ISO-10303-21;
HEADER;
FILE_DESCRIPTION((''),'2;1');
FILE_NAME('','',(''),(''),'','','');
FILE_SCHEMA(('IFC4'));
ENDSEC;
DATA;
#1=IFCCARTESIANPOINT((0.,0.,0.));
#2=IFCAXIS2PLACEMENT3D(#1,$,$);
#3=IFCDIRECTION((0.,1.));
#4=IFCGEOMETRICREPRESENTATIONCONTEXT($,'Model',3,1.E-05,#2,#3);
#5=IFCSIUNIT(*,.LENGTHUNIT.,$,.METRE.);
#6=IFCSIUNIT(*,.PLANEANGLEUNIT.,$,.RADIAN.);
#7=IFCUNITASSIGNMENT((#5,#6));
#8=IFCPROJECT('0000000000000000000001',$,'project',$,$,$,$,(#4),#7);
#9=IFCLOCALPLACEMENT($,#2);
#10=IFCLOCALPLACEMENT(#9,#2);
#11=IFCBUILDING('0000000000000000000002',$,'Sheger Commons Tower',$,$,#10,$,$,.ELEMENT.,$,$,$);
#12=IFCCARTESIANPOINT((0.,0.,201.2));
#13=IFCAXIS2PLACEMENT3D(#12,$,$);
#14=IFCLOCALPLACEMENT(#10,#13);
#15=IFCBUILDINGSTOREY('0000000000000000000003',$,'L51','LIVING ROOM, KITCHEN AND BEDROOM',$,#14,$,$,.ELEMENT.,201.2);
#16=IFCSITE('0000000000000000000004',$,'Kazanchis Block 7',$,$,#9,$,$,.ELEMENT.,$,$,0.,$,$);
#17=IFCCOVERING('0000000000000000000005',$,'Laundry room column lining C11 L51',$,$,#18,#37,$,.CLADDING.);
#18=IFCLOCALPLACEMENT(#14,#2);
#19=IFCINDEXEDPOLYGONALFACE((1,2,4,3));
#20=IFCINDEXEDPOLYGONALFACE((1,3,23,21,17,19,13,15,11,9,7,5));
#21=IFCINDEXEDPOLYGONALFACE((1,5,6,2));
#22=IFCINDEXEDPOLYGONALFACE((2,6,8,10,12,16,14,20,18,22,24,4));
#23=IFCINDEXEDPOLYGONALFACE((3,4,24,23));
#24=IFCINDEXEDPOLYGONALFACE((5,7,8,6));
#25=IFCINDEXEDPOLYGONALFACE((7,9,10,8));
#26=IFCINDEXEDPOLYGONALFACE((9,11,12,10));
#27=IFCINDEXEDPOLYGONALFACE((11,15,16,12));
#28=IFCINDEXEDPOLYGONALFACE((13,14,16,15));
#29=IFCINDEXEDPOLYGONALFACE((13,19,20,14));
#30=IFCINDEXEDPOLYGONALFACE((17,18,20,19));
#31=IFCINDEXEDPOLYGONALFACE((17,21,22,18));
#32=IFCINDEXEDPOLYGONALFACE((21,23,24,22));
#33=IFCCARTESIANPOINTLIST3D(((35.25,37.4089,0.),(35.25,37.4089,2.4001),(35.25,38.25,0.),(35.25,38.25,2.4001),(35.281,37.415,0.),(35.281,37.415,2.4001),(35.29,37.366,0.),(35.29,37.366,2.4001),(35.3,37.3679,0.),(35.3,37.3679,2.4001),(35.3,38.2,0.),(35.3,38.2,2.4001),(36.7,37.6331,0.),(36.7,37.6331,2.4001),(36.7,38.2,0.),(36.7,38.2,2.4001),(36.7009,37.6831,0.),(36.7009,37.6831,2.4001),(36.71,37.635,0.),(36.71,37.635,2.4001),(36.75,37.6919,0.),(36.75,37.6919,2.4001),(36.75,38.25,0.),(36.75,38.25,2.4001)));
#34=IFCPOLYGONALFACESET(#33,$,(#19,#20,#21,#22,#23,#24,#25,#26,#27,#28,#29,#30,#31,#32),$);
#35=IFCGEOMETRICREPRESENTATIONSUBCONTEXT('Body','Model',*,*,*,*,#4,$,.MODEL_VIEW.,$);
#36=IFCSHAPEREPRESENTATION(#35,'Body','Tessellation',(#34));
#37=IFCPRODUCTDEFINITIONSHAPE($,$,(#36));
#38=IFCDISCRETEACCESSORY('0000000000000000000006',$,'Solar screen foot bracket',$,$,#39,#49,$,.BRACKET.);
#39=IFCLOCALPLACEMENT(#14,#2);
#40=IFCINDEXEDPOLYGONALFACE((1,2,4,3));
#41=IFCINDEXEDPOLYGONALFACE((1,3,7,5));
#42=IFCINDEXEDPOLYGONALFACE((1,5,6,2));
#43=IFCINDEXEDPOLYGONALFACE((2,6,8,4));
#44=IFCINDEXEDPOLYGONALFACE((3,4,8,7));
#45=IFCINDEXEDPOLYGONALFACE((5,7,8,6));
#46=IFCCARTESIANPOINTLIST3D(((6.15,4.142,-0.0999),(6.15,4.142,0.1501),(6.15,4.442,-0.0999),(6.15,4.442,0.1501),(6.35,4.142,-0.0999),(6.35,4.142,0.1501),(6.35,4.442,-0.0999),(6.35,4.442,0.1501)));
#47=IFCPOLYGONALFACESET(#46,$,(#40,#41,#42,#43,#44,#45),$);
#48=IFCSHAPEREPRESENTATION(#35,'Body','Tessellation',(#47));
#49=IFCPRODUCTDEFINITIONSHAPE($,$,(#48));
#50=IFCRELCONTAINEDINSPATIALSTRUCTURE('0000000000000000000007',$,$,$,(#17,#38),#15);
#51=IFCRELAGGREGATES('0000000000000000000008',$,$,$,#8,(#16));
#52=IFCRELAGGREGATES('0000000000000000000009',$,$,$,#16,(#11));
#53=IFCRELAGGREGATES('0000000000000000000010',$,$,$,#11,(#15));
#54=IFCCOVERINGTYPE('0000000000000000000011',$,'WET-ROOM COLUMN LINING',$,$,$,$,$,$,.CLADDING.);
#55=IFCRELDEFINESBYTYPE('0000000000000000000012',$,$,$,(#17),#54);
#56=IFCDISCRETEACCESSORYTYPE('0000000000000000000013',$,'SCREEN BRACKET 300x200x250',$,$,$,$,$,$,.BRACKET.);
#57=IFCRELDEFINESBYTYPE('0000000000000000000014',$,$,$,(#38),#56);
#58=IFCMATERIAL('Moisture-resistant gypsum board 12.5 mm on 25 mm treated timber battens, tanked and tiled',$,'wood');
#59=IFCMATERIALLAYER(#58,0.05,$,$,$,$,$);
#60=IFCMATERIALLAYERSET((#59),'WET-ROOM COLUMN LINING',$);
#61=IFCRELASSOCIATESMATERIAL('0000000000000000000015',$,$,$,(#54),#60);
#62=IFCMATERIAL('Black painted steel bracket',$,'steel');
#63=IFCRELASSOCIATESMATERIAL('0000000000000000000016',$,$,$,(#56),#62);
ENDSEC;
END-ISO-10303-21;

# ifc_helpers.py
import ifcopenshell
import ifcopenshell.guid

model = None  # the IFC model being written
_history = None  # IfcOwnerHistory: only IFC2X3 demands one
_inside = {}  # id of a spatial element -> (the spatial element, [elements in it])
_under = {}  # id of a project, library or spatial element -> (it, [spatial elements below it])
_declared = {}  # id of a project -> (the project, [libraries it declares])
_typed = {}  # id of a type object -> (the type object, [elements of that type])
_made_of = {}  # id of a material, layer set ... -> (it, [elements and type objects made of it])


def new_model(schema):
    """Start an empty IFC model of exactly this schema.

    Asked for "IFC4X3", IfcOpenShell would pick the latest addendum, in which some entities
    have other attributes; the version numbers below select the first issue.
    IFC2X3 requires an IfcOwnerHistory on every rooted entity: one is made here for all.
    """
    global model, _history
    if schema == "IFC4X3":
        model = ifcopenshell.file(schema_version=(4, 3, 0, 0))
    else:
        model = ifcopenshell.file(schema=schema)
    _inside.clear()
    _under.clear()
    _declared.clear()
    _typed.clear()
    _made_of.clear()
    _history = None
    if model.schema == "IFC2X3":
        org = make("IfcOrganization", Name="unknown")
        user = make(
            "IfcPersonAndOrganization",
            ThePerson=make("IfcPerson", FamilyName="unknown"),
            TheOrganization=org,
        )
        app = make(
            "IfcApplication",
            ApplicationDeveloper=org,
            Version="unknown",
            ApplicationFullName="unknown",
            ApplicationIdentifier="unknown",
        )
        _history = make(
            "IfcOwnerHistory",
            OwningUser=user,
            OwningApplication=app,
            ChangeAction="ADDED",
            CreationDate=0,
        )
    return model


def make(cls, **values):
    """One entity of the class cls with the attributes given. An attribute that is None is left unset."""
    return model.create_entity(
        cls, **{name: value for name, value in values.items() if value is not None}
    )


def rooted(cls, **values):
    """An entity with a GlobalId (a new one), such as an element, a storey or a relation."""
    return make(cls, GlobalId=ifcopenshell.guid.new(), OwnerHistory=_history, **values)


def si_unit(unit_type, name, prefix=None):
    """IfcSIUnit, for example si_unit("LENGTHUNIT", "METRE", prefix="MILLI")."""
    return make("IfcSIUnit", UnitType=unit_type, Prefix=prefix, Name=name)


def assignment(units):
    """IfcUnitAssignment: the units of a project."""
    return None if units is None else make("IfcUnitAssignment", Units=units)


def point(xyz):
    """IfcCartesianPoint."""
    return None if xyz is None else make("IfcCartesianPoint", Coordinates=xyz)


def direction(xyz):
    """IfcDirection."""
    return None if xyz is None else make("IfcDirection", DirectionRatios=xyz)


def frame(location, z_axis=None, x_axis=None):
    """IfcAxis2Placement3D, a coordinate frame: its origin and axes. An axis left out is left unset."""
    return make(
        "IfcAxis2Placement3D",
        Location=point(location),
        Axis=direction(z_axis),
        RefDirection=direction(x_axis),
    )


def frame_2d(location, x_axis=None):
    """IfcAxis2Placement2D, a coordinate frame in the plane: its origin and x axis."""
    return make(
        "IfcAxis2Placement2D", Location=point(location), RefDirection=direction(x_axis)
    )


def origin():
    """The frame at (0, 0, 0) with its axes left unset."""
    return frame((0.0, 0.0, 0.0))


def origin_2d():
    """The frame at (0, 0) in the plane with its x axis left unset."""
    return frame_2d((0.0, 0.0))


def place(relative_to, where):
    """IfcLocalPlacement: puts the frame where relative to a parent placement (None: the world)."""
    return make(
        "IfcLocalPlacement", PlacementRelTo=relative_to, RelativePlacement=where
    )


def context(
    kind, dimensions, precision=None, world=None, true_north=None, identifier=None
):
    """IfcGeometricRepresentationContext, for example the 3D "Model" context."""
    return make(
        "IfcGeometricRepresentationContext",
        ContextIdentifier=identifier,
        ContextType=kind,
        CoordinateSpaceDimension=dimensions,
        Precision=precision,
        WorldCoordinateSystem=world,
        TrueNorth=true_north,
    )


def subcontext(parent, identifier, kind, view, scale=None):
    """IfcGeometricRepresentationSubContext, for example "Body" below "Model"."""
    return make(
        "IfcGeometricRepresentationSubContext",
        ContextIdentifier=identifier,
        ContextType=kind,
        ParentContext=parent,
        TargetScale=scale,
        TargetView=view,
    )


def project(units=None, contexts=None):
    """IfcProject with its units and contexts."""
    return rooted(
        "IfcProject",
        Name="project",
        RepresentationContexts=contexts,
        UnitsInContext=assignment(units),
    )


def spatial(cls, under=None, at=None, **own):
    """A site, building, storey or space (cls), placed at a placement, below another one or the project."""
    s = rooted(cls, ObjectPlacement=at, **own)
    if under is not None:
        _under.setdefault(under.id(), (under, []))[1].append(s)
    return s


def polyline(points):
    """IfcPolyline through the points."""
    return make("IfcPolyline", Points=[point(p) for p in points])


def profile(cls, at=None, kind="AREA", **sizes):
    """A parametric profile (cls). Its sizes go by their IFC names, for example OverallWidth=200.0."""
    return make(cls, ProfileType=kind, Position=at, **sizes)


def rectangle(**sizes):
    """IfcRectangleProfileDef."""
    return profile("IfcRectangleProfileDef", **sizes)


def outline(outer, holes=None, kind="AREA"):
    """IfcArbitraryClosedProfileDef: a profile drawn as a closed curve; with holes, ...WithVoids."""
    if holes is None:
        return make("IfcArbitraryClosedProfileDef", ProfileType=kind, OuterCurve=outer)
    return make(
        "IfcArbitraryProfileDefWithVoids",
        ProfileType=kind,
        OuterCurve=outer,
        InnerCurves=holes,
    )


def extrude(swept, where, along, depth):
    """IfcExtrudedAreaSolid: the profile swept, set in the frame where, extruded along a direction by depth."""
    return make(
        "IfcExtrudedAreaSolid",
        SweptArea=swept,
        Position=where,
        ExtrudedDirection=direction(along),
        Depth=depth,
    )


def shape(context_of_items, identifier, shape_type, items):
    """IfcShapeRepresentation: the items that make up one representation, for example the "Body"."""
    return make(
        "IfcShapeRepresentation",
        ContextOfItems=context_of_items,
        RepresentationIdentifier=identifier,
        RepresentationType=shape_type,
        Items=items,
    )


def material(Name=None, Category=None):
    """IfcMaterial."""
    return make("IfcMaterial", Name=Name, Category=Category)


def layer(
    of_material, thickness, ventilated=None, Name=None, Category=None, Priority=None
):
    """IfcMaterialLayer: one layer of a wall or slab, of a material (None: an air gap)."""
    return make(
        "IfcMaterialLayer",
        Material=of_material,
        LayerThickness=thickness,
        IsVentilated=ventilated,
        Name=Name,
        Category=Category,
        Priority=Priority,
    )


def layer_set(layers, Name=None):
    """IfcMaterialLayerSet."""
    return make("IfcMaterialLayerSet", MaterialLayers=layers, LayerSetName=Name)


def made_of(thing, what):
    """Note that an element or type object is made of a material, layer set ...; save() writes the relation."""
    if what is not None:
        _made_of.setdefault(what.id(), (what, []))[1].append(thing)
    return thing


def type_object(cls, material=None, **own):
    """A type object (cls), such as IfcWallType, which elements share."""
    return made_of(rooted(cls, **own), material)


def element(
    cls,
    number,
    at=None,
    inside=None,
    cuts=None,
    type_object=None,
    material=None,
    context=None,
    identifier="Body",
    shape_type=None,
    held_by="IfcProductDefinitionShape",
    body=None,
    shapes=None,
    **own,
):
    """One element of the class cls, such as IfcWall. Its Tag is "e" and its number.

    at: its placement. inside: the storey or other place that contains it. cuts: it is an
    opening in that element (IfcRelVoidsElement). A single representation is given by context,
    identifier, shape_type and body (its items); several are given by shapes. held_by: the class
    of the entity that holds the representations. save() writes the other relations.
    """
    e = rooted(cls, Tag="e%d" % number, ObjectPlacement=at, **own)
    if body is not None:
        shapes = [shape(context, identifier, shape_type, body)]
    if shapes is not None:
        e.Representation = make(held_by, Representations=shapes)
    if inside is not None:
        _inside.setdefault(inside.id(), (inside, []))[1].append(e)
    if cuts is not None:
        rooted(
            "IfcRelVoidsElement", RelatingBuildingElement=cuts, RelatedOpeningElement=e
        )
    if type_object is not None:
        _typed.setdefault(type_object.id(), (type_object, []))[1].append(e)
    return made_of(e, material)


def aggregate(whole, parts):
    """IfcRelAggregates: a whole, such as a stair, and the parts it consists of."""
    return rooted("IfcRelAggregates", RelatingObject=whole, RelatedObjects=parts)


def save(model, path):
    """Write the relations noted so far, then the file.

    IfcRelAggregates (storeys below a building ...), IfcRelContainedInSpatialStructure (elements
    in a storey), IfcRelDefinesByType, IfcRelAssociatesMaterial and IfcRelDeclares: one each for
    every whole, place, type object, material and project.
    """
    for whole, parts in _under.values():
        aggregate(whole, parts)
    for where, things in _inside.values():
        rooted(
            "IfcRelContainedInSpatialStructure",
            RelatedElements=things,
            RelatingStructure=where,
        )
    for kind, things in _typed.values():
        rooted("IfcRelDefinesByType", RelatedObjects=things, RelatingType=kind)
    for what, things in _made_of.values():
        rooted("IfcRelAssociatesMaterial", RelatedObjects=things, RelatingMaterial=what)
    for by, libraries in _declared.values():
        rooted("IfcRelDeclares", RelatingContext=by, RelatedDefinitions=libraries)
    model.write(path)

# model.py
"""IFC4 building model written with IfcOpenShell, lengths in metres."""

from ifc_helpers import new_model, si_unit, direction, frame, origin, origin_2d, place, context, subcontext, project, spatial, polyline, rectangle, outline, extrude, material, layer, layer_set, type_object, element, save


model = new_model("IFC4")

# Units and contexts
model_context = context("Model", 3, precision=1e-05, world=origin(), true_north=direction((0.0, 1.0)))
body_context = subcontext(model_context, "Body", "Model", "MODEL_VIEW")
ifc_project = project(units=[si_unit("LENGTHUNIT", "METRE"), si_unit("PLANEANGLEUNIT", "RADIAN")], contexts=[model_context])

# Site, building, storey
site_placement = place(None, origin())
site = spatial("IfcSite", under=ifc_project, at=site_placement, Name="Kazanchis Block 7", CompositionType="ELEMENT", RefElevation=0.0)
building_placement = place(site_placement, origin())
building = spatial("IfcBuilding", under=site, at=building_placement, Name="Sheger Commons Tower", CompositionType="ELEMENT")
storey_placement = place(building_placement, frame((0.0, 0.0, 201.2)))
storey = spatial("IfcBuildingStorey", under=building, at=storey_placement, Name="L51", Description="LIVING ROOM, KITCHEN AND BEDROOM", CompositionType="ELEMENT", Elevation=201.2)

# Covering
ifc_material_1 = material(Name="Moisture-resistant gypsum board 12.5 mm on 25 mm treated timber battens, tanked and tiled", Category="wood")
ifc_layer_1 = layer(ifc_material_1, 0.05)
ifc_layer_set_1 = layer_set([ifc_layer_1], Name="WET-ROOM COLUMN LINING")
covering_type_1 = type_object("IfcCoveringType", Name="WET-ROOM COLUMN LINING", PredefinedType="CLADDING", material=ifc_layer_set_1)
covering_1_placement = place(storey_placement, origin())
element("IfcCovering", 1, at=covering_1_placement, inside=storey, type_object=covering_type_1, Name="Laundry room column lining C11 L51", PredefinedType="CLADDING", context=body_context, shape_type="SweptSolid", body=[
    extrude(outline(polyline([(36.75, 38.25), (36.75, 37.6919), (36.7009, 37.6831), (36.71, 37.635), (36.7, 37.6331), (36.7, 38.2), (35.3, 38.2), (35.3, 37.3679), (35.29, 37.366), (35.281, 37.415), (35.25, 37.4089), (35.25, 38.25), (36.75, 38.25)])), origin(), (0.0, 0.0, 1.0), 2.4001),
])

# Discrete accessory
ifc_material_2 = material(Name="Black painted steel bracket", Category="steel")
discrete_accessory_type = type_object("IfcDiscreteAccessoryType", Name="SCREEN BRACKET 300x200x250", PredefinedType="BRACKET", material=ifc_material_2)
discrete_accessory_placement = place(storey_placement, frame((6.25, 4.292, -0.0999), z_axis=(0.0, 0.0, 1.0), x_axis=(0.0, -1.0, 0.0)))
element("IfcDiscreteAccessory", 2, at=discrete_accessory_placement, inside=storey, type_object=discrete_accessory_type, Name="Solar screen foot bracket", PredefinedType="BRACKET", context=body_context, shape_type="SweptSolid", body=[
    extrude(rectangle(XDim=0.3, YDim=0.2, at=origin_2d()), origin(), (0.0, 0.0, 1.0), 0.25),
])

save(model, "model.ifc")
